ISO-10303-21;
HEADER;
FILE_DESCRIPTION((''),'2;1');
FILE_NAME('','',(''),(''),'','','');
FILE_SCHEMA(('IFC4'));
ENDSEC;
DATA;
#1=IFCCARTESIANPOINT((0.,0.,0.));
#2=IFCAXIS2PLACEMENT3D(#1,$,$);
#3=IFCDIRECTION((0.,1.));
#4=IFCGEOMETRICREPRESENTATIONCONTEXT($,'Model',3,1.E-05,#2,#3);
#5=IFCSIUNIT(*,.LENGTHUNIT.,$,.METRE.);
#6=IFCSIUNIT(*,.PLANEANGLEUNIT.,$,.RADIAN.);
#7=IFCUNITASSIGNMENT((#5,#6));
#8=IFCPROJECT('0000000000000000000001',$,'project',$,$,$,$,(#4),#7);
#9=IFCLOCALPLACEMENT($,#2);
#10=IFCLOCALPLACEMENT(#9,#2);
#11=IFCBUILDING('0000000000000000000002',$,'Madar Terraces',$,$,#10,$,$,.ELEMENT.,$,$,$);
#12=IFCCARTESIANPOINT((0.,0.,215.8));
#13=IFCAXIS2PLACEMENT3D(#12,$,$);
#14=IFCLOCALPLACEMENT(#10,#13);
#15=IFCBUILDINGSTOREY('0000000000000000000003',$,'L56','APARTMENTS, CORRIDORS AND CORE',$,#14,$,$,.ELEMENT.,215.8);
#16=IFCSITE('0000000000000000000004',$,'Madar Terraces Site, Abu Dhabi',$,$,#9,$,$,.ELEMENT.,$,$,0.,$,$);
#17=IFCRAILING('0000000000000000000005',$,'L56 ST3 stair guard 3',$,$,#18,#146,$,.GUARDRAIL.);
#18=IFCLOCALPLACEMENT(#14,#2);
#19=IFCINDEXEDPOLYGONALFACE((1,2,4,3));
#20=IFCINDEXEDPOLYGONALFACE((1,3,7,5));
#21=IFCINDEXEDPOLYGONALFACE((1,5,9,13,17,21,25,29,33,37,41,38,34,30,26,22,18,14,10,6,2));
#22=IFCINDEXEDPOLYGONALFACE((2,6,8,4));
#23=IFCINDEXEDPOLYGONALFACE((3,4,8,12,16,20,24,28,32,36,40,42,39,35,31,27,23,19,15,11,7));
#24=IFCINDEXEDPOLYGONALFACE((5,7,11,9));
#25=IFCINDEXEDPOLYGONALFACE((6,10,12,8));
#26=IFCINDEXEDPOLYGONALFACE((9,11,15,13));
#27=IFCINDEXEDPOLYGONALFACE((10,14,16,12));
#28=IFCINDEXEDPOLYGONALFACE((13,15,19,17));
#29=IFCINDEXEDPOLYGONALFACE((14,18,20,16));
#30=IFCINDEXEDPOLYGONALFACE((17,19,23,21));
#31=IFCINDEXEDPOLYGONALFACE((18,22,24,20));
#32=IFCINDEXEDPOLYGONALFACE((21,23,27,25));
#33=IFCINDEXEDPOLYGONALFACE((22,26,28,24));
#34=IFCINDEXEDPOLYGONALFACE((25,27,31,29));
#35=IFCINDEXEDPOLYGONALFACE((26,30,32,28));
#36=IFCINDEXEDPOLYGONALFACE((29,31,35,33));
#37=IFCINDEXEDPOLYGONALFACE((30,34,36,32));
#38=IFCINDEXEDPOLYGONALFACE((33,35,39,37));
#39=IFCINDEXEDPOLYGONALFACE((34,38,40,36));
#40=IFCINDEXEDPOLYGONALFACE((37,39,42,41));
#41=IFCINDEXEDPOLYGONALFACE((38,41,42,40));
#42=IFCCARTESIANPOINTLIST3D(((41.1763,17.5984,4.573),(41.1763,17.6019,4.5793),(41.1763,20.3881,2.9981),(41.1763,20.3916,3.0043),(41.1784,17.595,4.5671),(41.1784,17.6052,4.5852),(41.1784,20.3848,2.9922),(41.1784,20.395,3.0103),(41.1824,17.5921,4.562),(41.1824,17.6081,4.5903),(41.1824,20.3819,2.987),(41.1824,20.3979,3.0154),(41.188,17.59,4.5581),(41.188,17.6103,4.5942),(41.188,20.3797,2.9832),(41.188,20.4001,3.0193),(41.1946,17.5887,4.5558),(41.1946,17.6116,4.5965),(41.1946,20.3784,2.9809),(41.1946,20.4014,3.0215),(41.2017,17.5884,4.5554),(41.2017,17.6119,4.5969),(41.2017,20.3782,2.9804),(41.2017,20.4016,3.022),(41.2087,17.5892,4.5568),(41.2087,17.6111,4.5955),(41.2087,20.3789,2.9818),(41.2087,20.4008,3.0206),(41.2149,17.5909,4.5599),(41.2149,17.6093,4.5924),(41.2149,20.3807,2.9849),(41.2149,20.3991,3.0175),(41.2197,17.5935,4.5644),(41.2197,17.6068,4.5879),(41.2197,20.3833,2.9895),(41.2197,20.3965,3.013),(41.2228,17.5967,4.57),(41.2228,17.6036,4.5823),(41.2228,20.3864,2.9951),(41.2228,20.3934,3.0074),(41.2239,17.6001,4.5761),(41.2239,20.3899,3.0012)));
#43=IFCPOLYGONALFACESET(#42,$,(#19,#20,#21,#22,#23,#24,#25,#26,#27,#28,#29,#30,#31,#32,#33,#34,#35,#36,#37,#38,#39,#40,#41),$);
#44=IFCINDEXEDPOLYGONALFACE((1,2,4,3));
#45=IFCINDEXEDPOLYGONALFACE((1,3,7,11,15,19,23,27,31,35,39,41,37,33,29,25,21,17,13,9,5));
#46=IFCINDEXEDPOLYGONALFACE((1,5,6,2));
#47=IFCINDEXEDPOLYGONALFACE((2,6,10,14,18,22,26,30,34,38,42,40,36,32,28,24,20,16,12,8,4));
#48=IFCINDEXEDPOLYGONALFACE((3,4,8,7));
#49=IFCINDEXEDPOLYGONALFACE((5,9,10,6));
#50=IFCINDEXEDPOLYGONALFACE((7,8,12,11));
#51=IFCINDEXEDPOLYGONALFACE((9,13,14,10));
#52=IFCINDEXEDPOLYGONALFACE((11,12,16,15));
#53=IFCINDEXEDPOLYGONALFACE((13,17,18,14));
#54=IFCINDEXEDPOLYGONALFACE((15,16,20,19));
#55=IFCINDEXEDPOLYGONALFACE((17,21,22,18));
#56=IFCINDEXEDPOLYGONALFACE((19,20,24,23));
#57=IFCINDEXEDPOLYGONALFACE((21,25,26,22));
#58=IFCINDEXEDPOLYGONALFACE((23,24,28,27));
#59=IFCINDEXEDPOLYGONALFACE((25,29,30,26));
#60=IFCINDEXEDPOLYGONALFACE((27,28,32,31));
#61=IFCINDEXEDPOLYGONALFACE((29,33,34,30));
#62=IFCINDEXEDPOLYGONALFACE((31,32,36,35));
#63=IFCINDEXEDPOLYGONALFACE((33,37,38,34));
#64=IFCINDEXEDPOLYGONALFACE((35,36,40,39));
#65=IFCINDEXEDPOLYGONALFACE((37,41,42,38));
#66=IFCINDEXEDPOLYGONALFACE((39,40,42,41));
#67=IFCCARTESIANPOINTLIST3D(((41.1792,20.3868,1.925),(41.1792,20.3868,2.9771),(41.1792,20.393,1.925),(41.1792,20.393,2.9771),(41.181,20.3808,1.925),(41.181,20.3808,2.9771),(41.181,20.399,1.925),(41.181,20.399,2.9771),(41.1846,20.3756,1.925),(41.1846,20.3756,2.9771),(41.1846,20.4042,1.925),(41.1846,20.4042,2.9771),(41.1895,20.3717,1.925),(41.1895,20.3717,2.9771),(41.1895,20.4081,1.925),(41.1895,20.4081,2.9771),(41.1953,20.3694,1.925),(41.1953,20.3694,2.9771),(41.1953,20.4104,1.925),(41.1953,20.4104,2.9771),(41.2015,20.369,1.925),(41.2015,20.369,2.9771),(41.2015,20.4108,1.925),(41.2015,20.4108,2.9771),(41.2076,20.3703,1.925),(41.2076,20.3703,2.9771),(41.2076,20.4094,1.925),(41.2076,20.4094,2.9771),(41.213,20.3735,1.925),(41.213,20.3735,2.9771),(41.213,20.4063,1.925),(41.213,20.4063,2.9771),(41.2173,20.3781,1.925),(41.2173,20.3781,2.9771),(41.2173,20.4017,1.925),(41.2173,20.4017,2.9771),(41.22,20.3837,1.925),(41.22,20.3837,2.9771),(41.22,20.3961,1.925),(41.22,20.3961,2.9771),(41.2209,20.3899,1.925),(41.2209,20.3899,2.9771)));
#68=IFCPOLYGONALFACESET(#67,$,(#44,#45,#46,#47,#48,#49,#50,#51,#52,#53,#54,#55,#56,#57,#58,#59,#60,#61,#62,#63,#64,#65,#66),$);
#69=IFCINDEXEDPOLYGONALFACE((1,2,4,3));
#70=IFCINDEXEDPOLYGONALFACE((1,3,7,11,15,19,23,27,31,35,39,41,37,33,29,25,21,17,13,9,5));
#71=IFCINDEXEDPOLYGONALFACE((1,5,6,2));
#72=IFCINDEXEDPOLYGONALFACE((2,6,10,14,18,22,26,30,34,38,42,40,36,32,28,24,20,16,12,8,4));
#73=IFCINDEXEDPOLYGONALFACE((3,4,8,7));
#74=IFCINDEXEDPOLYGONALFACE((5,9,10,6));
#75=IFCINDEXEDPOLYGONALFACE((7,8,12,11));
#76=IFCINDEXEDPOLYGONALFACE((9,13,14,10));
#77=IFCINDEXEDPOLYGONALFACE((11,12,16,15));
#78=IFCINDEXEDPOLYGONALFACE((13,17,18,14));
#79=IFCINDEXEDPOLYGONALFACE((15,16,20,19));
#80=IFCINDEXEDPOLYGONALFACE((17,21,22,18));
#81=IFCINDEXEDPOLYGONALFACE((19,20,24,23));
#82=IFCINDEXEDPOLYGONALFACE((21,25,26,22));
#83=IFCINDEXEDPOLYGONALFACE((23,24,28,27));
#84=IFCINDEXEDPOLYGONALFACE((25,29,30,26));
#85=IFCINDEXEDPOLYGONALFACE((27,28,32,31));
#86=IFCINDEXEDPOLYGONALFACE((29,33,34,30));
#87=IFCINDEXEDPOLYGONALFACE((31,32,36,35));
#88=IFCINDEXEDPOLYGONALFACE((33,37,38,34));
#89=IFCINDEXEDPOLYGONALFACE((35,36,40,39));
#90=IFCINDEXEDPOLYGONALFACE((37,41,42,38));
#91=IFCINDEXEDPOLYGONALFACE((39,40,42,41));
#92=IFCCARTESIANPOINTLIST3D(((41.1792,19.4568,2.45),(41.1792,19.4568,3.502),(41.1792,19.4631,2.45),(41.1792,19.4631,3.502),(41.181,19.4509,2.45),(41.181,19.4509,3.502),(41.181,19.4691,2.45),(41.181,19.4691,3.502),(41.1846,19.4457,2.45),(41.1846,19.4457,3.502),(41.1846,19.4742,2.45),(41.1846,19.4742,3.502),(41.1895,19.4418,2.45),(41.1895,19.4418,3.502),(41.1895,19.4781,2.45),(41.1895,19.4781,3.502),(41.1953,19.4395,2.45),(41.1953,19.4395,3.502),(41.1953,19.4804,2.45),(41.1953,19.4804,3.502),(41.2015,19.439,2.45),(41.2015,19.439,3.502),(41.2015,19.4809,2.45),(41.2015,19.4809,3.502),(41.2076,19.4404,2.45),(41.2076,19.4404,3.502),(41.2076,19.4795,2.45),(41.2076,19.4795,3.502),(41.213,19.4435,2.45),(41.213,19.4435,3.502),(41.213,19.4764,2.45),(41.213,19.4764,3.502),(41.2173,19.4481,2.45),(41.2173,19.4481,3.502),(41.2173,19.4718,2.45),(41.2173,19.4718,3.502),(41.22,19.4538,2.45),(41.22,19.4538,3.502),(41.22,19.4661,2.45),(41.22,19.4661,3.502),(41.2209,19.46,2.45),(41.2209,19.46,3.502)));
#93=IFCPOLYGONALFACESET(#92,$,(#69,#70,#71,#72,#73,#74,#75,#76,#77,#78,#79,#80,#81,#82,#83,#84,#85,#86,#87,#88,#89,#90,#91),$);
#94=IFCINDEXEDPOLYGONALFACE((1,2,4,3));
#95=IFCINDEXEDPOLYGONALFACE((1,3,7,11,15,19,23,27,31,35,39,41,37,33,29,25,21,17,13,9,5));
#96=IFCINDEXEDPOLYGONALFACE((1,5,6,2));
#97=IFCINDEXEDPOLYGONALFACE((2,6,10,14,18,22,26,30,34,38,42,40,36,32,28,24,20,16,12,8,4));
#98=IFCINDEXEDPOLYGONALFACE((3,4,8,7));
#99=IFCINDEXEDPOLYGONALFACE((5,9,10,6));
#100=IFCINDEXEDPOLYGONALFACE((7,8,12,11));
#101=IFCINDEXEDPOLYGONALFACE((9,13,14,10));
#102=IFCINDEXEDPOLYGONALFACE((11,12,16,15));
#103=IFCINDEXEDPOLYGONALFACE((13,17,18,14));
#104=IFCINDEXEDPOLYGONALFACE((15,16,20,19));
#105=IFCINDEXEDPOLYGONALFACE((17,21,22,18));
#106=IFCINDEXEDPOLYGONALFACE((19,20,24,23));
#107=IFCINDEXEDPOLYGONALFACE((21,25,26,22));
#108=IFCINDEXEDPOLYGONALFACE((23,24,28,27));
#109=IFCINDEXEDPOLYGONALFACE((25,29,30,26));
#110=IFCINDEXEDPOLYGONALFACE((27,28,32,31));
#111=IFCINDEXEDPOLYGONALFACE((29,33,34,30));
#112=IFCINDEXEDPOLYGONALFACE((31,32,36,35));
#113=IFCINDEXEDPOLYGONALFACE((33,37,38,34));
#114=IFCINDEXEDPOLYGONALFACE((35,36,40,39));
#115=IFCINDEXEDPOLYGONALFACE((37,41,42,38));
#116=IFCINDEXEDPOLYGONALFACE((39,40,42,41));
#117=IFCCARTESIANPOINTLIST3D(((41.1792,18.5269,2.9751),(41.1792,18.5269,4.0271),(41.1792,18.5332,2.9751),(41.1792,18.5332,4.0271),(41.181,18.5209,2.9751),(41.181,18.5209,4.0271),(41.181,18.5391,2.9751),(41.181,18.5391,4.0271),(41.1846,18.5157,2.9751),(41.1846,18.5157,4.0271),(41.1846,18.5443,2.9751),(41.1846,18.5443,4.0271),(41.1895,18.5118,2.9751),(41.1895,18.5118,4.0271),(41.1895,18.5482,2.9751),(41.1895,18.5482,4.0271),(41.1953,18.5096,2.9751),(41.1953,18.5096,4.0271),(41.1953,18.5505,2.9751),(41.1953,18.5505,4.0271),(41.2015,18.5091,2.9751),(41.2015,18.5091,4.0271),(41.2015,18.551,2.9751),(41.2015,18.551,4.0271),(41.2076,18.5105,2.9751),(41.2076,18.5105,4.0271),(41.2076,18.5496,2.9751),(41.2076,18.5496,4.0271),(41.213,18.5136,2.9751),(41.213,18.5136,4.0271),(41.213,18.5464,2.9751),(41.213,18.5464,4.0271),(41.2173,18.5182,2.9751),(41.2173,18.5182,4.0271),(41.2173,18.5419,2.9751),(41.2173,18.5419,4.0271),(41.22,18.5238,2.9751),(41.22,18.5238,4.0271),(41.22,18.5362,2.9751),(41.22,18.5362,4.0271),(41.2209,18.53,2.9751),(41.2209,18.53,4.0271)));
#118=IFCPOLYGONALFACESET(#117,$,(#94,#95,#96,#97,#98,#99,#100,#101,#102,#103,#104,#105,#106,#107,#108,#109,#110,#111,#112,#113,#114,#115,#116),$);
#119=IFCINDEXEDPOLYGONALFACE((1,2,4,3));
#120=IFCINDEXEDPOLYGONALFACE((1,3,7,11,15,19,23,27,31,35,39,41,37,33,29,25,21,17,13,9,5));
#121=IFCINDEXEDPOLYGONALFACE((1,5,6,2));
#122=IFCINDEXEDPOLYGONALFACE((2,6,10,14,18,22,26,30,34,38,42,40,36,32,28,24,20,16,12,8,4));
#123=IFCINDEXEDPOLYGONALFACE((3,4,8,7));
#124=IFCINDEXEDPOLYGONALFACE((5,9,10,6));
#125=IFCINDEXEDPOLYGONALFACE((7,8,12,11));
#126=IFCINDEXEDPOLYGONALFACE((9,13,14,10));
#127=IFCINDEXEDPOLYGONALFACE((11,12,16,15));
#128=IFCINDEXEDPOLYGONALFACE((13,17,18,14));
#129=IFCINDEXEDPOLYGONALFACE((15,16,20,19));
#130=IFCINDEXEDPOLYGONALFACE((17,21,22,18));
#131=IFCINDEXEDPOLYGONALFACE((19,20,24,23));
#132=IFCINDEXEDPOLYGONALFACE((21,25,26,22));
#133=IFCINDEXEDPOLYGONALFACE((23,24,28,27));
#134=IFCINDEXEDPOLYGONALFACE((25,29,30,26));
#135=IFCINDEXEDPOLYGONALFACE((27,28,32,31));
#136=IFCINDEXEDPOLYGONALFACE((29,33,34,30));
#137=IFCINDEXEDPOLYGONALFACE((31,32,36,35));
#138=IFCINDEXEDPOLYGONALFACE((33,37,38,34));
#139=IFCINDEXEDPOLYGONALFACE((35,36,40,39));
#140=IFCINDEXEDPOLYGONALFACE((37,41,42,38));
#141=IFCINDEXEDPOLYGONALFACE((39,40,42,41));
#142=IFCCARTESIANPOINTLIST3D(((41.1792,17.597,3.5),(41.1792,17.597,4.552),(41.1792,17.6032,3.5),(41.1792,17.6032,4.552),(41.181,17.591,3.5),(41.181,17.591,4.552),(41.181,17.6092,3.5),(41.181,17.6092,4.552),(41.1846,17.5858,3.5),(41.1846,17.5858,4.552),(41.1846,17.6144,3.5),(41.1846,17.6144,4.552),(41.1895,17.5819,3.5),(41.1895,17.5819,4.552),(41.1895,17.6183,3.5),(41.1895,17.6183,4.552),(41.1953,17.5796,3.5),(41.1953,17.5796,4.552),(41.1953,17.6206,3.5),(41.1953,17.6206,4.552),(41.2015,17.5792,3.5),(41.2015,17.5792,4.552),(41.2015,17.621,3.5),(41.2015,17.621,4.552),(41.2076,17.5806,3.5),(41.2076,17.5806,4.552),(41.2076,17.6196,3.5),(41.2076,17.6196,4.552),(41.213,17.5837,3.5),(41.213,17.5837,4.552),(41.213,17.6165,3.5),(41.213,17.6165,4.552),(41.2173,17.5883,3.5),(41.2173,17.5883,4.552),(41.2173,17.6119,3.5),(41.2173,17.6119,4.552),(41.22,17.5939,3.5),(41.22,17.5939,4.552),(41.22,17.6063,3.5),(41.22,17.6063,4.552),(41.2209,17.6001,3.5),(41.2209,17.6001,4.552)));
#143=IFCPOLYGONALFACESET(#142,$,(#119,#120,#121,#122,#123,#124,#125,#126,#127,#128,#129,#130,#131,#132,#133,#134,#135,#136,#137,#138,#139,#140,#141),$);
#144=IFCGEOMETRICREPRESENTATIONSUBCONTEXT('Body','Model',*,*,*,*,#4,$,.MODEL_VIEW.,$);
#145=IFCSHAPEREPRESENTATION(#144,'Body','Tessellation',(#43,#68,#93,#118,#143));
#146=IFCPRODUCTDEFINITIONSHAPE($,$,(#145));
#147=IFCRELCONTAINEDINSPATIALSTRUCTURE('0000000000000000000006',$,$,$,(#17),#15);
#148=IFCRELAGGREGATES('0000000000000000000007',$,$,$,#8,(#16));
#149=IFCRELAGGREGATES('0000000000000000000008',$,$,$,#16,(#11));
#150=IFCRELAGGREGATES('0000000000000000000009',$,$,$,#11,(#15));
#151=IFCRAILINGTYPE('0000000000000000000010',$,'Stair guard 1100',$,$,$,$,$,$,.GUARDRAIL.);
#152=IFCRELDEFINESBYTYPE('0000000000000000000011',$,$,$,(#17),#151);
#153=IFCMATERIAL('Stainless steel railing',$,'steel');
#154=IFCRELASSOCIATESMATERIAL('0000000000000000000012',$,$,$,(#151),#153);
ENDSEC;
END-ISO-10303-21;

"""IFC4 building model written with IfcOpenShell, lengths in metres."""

from ifc_helpers import new_model, si_unit, direction, frame, origin, origin_2d, place, context, subcontext, project, spatial, circle, extrude, material, type_object, element, save


model = new_model("IFC4")

# Units and contexts
model_context = context("Model", 3, precision=1e-05, world=origin(), true_north=direction((0.0, 1.0)))
body_context = subcontext(model_context, "Body", "Model", "MODEL_VIEW")
ifc_project = project(units=[si_unit("LENGTHUNIT", "METRE"), si_unit("PLANEANGLEUNIT", "RADIAN")], contexts=[model_context])

# Site, building, storey
site_placement = place(None, origin())
site = spatial("IfcSite", under=ifc_project, at=site_placement, Name="Madar Terraces Site, Abu Dhabi", CompositionType="ELEMENT", RefElevation=0.0)
building_placement = place(site_placement, origin())
building = spatial("IfcBuilding", under=site, at=building_placement, Name="Madar Terraces", CompositionType="ELEMENT")
storey_placement = place(building_placement, frame((0.0, 0.0, 215.8)))
storey = spatial("IfcBuildingStorey", under=building, at=storey_placement, Name="L56", Description="APARTMENTS, CORRIDORS AND CORE", CompositionType="ELEMENT", Elevation=215.8)

# Railing
ifc_material_1 = material(Name="Stainless steel railing", Category="steel")
railing_type_1 = type_object("IfcRailingType", Name="Stair guard 1100", PredefinedType="GUARDRAIL", material=ifc_material_1)
railing_1_placement = place(storey_placement, frame((41.2, 20.3899, 1.925)))
element("IfcRailing", 1, at=railing_1_placement, inside=storey, type_object=railing_type_1, Name="L56 ST3 stair guard 3", PredefinedType="GUARDRAIL", context=body_context, shape_type="SweptSolid", body=[
    extrude(circle(Radius=0.0239, at=origin_2d()), frame((0.0, 0.0, 1.0762), z_axis=(0.0, -0.870815, 0.49161), x_axis=(1.0, 0.0, 0.0)), (0.0, 0.0, 1.0), 3.2036),
    extrude(circle(Radius=0.021, at=origin_2d()), origin(), (0.0, 0.0, 1.0), 1.052),
    extrude(circle(Radius=0.021, at=origin_2d()), frame((0.0, -0.9299, 0.5249)), (0.0, 0.0, 1.0), 1.052),
    extrude(circle(Radius=0.021, at=origin_2d()), frame((0.0, -1.8599, 1.05)), (0.0, 0.0, 1.0), 1.052),
    extrude(circle(Radius=0.021, at=origin_2d()), frame((0.0, -2.7898, 1.575)), (0.0, 0.0, 1.0), 1.052),
])

save(model, "model.ifc")
